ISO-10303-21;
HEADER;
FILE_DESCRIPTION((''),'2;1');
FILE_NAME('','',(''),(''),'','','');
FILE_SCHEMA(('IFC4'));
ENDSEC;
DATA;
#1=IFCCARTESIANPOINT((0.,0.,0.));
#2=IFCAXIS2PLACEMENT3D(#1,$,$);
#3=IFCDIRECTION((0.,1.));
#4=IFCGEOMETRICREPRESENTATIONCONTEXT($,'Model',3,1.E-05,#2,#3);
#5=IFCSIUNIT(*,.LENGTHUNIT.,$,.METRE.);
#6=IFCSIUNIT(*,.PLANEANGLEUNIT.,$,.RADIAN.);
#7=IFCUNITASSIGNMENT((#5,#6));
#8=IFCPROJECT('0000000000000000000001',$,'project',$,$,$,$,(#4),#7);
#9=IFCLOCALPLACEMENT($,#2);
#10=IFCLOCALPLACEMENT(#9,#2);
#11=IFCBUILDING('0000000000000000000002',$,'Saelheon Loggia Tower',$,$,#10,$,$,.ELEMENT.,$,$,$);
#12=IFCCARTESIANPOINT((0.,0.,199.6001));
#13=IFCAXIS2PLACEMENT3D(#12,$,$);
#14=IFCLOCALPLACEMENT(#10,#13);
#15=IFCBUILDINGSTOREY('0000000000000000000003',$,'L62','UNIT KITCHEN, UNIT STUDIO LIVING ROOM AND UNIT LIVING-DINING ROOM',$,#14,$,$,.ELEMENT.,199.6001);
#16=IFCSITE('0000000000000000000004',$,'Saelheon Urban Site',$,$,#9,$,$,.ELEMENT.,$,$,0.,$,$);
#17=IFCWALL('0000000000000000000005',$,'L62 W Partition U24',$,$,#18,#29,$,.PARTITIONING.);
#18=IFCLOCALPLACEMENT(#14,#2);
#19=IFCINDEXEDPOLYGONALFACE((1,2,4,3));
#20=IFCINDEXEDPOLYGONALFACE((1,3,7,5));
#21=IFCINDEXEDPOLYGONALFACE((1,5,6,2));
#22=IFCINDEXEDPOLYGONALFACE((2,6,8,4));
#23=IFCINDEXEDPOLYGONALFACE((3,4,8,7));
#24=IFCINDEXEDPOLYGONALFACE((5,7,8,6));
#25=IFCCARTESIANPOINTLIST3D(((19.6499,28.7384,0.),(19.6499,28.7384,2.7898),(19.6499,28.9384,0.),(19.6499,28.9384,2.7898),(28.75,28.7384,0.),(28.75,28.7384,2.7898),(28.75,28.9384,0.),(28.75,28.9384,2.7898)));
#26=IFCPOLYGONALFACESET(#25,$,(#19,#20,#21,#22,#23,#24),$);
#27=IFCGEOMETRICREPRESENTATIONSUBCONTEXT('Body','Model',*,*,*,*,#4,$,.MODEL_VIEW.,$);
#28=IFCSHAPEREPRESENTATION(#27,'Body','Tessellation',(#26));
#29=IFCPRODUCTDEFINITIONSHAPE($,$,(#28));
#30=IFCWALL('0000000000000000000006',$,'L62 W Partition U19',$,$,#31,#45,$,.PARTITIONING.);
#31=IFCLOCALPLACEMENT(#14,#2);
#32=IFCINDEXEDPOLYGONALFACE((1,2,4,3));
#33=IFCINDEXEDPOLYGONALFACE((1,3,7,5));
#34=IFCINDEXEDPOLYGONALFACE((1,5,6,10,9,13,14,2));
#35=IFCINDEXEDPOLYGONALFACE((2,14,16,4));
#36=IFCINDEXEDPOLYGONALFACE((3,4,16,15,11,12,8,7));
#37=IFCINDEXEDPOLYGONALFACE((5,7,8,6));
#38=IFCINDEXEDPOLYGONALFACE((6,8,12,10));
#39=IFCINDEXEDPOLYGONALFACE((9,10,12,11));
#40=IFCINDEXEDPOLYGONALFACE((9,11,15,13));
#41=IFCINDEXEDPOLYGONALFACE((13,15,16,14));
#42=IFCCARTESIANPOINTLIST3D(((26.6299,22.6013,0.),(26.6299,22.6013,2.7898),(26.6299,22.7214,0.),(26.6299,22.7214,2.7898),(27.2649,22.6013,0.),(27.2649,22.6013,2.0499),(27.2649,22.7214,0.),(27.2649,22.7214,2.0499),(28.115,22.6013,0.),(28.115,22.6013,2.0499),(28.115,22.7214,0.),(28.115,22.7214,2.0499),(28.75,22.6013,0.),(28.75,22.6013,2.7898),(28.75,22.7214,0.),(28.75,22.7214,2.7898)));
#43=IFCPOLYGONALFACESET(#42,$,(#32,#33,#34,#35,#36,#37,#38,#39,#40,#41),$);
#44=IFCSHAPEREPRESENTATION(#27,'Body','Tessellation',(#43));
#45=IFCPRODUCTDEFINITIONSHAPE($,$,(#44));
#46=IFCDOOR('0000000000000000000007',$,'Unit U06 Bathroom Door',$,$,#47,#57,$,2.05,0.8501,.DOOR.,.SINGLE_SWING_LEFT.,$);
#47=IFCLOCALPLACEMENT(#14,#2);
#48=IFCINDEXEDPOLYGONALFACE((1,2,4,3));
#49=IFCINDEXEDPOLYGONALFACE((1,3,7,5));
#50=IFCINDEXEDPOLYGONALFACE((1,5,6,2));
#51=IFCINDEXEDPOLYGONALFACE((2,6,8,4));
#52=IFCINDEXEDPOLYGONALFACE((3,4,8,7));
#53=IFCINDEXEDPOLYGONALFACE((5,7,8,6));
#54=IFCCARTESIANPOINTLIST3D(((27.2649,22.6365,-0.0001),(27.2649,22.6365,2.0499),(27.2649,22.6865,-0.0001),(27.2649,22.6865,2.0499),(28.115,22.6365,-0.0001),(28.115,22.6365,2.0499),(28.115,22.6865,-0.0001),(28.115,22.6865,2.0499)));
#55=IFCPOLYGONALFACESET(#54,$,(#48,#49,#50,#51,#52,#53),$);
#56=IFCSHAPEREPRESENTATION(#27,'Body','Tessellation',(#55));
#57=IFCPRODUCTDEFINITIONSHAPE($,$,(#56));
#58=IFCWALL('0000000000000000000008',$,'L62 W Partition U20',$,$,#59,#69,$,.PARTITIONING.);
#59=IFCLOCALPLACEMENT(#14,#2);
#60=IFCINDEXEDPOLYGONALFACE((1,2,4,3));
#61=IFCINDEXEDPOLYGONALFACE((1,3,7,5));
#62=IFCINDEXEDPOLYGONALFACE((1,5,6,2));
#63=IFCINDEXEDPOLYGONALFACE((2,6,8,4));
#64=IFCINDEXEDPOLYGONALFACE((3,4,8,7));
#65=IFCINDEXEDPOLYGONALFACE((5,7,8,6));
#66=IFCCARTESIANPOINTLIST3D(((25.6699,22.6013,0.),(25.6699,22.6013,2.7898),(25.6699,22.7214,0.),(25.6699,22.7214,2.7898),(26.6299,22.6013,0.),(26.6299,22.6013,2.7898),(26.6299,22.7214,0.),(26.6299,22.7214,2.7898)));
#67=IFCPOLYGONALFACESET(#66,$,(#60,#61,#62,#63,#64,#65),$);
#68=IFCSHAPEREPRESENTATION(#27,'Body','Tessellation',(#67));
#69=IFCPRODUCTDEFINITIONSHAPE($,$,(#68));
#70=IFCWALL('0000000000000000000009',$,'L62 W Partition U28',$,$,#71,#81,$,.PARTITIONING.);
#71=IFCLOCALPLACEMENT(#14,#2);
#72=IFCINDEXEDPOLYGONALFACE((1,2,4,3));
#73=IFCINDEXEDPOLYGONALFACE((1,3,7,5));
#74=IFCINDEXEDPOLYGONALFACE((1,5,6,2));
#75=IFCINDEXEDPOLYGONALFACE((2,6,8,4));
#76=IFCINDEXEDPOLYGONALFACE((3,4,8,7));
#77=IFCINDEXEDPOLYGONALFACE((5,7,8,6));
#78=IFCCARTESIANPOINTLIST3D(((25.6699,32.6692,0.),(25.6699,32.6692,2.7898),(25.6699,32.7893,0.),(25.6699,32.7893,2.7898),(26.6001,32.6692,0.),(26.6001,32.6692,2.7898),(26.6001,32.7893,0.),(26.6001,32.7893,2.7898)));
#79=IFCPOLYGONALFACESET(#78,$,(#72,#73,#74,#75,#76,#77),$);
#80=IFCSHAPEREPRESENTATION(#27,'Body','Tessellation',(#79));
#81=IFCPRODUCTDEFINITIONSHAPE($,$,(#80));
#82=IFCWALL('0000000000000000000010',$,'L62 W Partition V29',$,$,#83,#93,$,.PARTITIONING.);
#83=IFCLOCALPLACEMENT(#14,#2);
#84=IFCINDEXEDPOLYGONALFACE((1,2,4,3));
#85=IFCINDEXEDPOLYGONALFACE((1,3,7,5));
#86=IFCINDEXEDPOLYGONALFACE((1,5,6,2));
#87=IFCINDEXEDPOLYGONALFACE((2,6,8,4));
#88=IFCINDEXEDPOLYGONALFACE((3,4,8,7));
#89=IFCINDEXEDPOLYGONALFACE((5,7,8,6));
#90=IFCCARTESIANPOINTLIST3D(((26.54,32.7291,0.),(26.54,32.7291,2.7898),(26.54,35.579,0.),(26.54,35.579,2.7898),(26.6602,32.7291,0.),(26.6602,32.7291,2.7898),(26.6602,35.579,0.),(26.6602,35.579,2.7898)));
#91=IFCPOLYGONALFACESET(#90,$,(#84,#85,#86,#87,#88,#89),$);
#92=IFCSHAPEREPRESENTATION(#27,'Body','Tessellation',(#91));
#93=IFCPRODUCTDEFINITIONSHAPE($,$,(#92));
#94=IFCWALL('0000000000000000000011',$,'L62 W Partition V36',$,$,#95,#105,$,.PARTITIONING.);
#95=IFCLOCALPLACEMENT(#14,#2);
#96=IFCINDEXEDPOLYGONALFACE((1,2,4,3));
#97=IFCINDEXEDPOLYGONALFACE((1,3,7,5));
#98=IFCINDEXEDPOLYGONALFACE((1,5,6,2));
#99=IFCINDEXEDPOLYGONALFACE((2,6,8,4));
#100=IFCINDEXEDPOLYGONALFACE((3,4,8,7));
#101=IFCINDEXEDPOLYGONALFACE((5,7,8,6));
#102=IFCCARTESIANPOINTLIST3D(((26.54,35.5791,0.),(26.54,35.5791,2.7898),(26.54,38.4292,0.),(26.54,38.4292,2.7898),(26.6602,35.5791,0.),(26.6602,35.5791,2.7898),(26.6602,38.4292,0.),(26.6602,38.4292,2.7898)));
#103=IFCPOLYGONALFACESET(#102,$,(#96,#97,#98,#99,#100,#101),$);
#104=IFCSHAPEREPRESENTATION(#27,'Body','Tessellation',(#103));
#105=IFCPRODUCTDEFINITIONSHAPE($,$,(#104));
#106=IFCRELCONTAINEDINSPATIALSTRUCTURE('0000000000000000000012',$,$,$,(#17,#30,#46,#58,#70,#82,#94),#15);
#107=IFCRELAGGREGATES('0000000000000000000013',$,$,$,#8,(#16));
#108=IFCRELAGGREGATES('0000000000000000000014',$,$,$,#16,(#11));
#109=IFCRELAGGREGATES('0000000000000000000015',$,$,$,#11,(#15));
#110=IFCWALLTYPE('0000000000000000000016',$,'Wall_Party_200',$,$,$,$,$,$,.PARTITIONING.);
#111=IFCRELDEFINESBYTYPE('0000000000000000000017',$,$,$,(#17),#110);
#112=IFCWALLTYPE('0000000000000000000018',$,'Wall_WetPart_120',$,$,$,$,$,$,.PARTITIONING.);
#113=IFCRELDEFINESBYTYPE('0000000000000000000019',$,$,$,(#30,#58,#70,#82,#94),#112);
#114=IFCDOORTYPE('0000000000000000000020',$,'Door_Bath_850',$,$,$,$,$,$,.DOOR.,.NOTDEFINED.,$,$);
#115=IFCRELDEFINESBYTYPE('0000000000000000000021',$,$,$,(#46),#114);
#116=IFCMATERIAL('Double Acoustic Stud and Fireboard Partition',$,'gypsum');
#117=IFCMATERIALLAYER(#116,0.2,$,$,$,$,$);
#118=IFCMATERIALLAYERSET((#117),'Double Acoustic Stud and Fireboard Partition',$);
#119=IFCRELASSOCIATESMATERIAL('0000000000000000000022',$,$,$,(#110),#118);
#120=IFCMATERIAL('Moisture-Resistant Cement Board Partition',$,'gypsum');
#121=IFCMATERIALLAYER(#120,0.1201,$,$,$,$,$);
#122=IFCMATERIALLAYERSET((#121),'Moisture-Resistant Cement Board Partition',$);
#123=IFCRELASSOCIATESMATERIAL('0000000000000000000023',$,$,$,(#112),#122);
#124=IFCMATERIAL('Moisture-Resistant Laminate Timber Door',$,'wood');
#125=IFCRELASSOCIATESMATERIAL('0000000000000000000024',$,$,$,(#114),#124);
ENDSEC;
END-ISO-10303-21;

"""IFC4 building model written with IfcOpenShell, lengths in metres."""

from ifc_helpers import new_model, si_unit, direction, frame, frame_2d, origin, place, context, subcontext, project, spatial, rectangle, extrude, source, transform, mapped, material, layer, layer_set, type_object, element, fill, save


model = new_model("IFC4")

# Units and contexts
model_context = context("Model", 3, precision=1e-05, world=origin(), true_north=direction((0.0, 1.0)))
body_context = subcontext(model_context, "Body", "Model", "MODEL_VIEW")
ifc_project = project(units=[si_unit("LENGTHUNIT", "METRE"), si_unit("PLANEANGLEUNIT", "RADIAN")], contexts=[model_context])

# Site, building, storey
site_placement = place(None, origin())
site = spatial("IfcSite", under=ifc_project, at=site_placement, Name="Saelheon Urban Site", CompositionType="ELEMENT", RefElevation=0.0)
building_placement = place(site_placement, origin())
building = spatial("IfcBuilding", under=site, at=building_placement, Name="Saelheon Loggia Tower", CompositionType="ELEMENT")
storey_placement = place(building_placement, frame((0.0, 0.0, 199.6001)))
storey = spatial("IfcBuildingStorey", under=building, at=storey_placement, Name="L62", Description="UNIT KITCHEN, UNIT STUDIO LIVING ROOM AND UNIT LIVING-DINING ROOM", CompositionType="ELEMENT", Elevation=199.6001)

# Shared definitions
ifc_material_1 = material(Name="Double Acoustic Stud and Fireboard Partition", Category="gypsum")
ifc_layer_1 = layer(ifc_material_1, 0.2)
ifc_layer_set_1 = layer_set([ifc_layer_1], Name="Double Acoustic Stud and Fireboard Partition")
wall_type_1 = type_object("IfcWallType", Name="Wall_Party_200", PredefinedType="PARTITIONING", material=ifc_layer_set_1)

# Wall
wall_1_placement = place(storey_placement, frame((28.75, 28.8384, 0.0), z_axis=(0.0, 0.0, 1.0), x_axis=(-1.0, 0.0, 0.0)))
element("IfcWall", 1, at=wall_1_placement, inside=storey, type_object=wall_type_1, Name="L62 W Partition U24", PredefinedType="PARTITIONING", context=body_context, shape_type="SweptSolid", body=[
    extrude(rectangle(XDim=9.1001, YDim=0.2, at=frame_2d((4.55, 0.0))), origin(), (0.0, 0.0, 1.0), 2.7898),
])

# Wall, opening, door
ifc_material_2 = material(Name="Moisture-Resistant Cement Board Partition", Category="gypsum")
ifc_layer_2 = layer(ifc_material_2, 0.1201)
ifc_layer_set_2 = layer_set([ifc_layer_2], Name="Moisture-Resistant Cement Board Partition")
wall_type_2 = type_object("IfcWallType", Name="Wall_WetPart_120", PredefinedType="PARTITIONING", material=ifc_layer_set_2)
wall_2_placement = place(storey_placement, frame((28.75, 22.6614, 0.0), z_axis=(0.0, 0.0, 1.0), x_axis=(-1.0, 0.0, 0.0)))
wall_2 = element("IfcWall", 2, at=wall_2_placement, inside=storey, type_object=wall_type_2, Name="L62 W Partition U19", PredefinedType="PARTITIONING", context=body_context, shape_type="SweptSolid", body=[
    extrude(rectangle(XDim=2.1201, YDim=0.1201, at=frame_2d((1.0601, 0.0))), origin(), (0.0, 0.0, 1.0), 2.7898),
])
opening_1_placement = place(wall_2_placement, frame((0.635, 0.0, 0.0)))
opening_1 = element("IfcOpeningElement", 3, at=opening_1_placement, cuts=wall_2, PredefinedType="OPENING", context=body_context, shape_type="SweptSolid", body=[
    extrude(rectangle(XDim=0.8501, YDim=2.05, at=frame_2d((0.425, 1.0249))), frame((0.0, 0.072, 0.0), z_axis=(0.0, -1.0, 0.0), x_axis=(1.0, 0.0, 0.0)), (0.0, 0.0, 1.0), 0.144),
])
ifc_material_3 = material(Name="Moisture-Resistant Laminate Timber Door", Category="wood")
door_type_1 = type_object("IfcDoorType", Name="Door_Bath_850", OperationType="NOTDEFINED", PredefinedType="DOOR", material=ifc_material_3)
shared_shape_1 = source(origin(), body_context, "Body", "SweptSolid", [
    extrude(rectangle(XDim=0.8501, YDim=2.05, at=frame_2d((0.425, 1.0249))), frame((0.0, 0.0249, 0.0), z_axis=(0.0, -1.0, 0.0), x_axis=(1.0, 0.0, 0.0)), (0.0, 0.0, 1.0), 0.05),
])
door_1_placement = place(opening_1_placement, origin())
door_1 = element("IfcDoor", 4, at=door_1_placement, inside=storey, type_object=door_type_1, Name="Unit U06 Bathroom Door", OperationType="SINGLE_SWING_LEFT", OverallHeight=2.05, OverallWidth=0.8501, PredefinedType="DOOR", context=body_context, shape_type="MappedRepresentation", body=[
    mapped(shared_shape_1, transform((0.0, 0.0, 0.0), scale=1.0)),
])
fill(opening_1, door_1)

# Walls
wall_3_placement = place(storey_placement, frame((26.6299, 22.6614, 0.0), z_axis=(0.0, 0.0, 1.0), x_axis=(-1.0, 0.0, 0.0)))
element("IfcWall", 5, at=wall_3_placement, inside=storey, type_object=wall_type_2, Name="L62 W Partition U20", PredefinedType="PARTITIONING", context=body_context, shape_type="SweptSolid", body=[
    extrude(rectangle(XDim=0.96, YDim=0.1201, at=frame_2d((0.48, 0.0))), origin(), (0.0, 0.0, 1.0), 2.7898),
])
wall_4_placement = place(storey_placement, frame((26.6001, 32.7292, 0.0), z_axis=(0.0, 0.0, 1.0), x_axis=(-1.0, 0.0, 0.0)))
element("IfcWall", 6, at=wall_4_placement, inside=storey, type_object=wall_type_2, Name="L62 W Partition U28", PredefinedType="PARTITIONING", context=body_context, shape_type="SweptSolid", body=[
    extrude(rectangle(XDim=0.9302, YDim=0.1201, at=frame_2d((0.4651, 0.0))), origin(), (0.0, 0.0, 1.0), 2.7898),
])
wall_5_placement = place(storey_placement, frame((26.6001, 32.7292, 0.0), z_axis=(0.0, 0.0, 1.0), x_axis=(0.0, 1.0, 0.0)))
element("IfcWall", 7, at=wall_5_placement, inside=storey, type_object=wall_type_2, Name="L62 W Partition V29", PredefinedType="PARTITIONING", context=body_context, shape_type="SweptSolid", body=[
    extrude(rectangle(XDim=2.8499, YDim=0.1201, at=frame_2d((1.4248, 0.0))), origin(), (0.0, 0.0, 1.0), 2.7898),
])
wall_6_placement = place(storey_placement, frame((26.6001, 35.5791, 0.0), z_axis=(0.0, 0.0, 1.0), x_axis=(0.0, 1.0, 0.0)))
element("IfcWall", 8, at=wall_6_placement, inside=storey, type_object=wall_type_2, Name="L62 W Partition V36", PredefinedType="PARTITIONING", context=body_context, shape_type="SweptSolid", body=[
    extrude(rectangle(XDim=2.8501, YDim=0.1201, at=frame_2d((1.425, 0.0))), origin(), (0.0, 0.0, 1.0), 2.7898),
])

save(model, "model.ifc")
